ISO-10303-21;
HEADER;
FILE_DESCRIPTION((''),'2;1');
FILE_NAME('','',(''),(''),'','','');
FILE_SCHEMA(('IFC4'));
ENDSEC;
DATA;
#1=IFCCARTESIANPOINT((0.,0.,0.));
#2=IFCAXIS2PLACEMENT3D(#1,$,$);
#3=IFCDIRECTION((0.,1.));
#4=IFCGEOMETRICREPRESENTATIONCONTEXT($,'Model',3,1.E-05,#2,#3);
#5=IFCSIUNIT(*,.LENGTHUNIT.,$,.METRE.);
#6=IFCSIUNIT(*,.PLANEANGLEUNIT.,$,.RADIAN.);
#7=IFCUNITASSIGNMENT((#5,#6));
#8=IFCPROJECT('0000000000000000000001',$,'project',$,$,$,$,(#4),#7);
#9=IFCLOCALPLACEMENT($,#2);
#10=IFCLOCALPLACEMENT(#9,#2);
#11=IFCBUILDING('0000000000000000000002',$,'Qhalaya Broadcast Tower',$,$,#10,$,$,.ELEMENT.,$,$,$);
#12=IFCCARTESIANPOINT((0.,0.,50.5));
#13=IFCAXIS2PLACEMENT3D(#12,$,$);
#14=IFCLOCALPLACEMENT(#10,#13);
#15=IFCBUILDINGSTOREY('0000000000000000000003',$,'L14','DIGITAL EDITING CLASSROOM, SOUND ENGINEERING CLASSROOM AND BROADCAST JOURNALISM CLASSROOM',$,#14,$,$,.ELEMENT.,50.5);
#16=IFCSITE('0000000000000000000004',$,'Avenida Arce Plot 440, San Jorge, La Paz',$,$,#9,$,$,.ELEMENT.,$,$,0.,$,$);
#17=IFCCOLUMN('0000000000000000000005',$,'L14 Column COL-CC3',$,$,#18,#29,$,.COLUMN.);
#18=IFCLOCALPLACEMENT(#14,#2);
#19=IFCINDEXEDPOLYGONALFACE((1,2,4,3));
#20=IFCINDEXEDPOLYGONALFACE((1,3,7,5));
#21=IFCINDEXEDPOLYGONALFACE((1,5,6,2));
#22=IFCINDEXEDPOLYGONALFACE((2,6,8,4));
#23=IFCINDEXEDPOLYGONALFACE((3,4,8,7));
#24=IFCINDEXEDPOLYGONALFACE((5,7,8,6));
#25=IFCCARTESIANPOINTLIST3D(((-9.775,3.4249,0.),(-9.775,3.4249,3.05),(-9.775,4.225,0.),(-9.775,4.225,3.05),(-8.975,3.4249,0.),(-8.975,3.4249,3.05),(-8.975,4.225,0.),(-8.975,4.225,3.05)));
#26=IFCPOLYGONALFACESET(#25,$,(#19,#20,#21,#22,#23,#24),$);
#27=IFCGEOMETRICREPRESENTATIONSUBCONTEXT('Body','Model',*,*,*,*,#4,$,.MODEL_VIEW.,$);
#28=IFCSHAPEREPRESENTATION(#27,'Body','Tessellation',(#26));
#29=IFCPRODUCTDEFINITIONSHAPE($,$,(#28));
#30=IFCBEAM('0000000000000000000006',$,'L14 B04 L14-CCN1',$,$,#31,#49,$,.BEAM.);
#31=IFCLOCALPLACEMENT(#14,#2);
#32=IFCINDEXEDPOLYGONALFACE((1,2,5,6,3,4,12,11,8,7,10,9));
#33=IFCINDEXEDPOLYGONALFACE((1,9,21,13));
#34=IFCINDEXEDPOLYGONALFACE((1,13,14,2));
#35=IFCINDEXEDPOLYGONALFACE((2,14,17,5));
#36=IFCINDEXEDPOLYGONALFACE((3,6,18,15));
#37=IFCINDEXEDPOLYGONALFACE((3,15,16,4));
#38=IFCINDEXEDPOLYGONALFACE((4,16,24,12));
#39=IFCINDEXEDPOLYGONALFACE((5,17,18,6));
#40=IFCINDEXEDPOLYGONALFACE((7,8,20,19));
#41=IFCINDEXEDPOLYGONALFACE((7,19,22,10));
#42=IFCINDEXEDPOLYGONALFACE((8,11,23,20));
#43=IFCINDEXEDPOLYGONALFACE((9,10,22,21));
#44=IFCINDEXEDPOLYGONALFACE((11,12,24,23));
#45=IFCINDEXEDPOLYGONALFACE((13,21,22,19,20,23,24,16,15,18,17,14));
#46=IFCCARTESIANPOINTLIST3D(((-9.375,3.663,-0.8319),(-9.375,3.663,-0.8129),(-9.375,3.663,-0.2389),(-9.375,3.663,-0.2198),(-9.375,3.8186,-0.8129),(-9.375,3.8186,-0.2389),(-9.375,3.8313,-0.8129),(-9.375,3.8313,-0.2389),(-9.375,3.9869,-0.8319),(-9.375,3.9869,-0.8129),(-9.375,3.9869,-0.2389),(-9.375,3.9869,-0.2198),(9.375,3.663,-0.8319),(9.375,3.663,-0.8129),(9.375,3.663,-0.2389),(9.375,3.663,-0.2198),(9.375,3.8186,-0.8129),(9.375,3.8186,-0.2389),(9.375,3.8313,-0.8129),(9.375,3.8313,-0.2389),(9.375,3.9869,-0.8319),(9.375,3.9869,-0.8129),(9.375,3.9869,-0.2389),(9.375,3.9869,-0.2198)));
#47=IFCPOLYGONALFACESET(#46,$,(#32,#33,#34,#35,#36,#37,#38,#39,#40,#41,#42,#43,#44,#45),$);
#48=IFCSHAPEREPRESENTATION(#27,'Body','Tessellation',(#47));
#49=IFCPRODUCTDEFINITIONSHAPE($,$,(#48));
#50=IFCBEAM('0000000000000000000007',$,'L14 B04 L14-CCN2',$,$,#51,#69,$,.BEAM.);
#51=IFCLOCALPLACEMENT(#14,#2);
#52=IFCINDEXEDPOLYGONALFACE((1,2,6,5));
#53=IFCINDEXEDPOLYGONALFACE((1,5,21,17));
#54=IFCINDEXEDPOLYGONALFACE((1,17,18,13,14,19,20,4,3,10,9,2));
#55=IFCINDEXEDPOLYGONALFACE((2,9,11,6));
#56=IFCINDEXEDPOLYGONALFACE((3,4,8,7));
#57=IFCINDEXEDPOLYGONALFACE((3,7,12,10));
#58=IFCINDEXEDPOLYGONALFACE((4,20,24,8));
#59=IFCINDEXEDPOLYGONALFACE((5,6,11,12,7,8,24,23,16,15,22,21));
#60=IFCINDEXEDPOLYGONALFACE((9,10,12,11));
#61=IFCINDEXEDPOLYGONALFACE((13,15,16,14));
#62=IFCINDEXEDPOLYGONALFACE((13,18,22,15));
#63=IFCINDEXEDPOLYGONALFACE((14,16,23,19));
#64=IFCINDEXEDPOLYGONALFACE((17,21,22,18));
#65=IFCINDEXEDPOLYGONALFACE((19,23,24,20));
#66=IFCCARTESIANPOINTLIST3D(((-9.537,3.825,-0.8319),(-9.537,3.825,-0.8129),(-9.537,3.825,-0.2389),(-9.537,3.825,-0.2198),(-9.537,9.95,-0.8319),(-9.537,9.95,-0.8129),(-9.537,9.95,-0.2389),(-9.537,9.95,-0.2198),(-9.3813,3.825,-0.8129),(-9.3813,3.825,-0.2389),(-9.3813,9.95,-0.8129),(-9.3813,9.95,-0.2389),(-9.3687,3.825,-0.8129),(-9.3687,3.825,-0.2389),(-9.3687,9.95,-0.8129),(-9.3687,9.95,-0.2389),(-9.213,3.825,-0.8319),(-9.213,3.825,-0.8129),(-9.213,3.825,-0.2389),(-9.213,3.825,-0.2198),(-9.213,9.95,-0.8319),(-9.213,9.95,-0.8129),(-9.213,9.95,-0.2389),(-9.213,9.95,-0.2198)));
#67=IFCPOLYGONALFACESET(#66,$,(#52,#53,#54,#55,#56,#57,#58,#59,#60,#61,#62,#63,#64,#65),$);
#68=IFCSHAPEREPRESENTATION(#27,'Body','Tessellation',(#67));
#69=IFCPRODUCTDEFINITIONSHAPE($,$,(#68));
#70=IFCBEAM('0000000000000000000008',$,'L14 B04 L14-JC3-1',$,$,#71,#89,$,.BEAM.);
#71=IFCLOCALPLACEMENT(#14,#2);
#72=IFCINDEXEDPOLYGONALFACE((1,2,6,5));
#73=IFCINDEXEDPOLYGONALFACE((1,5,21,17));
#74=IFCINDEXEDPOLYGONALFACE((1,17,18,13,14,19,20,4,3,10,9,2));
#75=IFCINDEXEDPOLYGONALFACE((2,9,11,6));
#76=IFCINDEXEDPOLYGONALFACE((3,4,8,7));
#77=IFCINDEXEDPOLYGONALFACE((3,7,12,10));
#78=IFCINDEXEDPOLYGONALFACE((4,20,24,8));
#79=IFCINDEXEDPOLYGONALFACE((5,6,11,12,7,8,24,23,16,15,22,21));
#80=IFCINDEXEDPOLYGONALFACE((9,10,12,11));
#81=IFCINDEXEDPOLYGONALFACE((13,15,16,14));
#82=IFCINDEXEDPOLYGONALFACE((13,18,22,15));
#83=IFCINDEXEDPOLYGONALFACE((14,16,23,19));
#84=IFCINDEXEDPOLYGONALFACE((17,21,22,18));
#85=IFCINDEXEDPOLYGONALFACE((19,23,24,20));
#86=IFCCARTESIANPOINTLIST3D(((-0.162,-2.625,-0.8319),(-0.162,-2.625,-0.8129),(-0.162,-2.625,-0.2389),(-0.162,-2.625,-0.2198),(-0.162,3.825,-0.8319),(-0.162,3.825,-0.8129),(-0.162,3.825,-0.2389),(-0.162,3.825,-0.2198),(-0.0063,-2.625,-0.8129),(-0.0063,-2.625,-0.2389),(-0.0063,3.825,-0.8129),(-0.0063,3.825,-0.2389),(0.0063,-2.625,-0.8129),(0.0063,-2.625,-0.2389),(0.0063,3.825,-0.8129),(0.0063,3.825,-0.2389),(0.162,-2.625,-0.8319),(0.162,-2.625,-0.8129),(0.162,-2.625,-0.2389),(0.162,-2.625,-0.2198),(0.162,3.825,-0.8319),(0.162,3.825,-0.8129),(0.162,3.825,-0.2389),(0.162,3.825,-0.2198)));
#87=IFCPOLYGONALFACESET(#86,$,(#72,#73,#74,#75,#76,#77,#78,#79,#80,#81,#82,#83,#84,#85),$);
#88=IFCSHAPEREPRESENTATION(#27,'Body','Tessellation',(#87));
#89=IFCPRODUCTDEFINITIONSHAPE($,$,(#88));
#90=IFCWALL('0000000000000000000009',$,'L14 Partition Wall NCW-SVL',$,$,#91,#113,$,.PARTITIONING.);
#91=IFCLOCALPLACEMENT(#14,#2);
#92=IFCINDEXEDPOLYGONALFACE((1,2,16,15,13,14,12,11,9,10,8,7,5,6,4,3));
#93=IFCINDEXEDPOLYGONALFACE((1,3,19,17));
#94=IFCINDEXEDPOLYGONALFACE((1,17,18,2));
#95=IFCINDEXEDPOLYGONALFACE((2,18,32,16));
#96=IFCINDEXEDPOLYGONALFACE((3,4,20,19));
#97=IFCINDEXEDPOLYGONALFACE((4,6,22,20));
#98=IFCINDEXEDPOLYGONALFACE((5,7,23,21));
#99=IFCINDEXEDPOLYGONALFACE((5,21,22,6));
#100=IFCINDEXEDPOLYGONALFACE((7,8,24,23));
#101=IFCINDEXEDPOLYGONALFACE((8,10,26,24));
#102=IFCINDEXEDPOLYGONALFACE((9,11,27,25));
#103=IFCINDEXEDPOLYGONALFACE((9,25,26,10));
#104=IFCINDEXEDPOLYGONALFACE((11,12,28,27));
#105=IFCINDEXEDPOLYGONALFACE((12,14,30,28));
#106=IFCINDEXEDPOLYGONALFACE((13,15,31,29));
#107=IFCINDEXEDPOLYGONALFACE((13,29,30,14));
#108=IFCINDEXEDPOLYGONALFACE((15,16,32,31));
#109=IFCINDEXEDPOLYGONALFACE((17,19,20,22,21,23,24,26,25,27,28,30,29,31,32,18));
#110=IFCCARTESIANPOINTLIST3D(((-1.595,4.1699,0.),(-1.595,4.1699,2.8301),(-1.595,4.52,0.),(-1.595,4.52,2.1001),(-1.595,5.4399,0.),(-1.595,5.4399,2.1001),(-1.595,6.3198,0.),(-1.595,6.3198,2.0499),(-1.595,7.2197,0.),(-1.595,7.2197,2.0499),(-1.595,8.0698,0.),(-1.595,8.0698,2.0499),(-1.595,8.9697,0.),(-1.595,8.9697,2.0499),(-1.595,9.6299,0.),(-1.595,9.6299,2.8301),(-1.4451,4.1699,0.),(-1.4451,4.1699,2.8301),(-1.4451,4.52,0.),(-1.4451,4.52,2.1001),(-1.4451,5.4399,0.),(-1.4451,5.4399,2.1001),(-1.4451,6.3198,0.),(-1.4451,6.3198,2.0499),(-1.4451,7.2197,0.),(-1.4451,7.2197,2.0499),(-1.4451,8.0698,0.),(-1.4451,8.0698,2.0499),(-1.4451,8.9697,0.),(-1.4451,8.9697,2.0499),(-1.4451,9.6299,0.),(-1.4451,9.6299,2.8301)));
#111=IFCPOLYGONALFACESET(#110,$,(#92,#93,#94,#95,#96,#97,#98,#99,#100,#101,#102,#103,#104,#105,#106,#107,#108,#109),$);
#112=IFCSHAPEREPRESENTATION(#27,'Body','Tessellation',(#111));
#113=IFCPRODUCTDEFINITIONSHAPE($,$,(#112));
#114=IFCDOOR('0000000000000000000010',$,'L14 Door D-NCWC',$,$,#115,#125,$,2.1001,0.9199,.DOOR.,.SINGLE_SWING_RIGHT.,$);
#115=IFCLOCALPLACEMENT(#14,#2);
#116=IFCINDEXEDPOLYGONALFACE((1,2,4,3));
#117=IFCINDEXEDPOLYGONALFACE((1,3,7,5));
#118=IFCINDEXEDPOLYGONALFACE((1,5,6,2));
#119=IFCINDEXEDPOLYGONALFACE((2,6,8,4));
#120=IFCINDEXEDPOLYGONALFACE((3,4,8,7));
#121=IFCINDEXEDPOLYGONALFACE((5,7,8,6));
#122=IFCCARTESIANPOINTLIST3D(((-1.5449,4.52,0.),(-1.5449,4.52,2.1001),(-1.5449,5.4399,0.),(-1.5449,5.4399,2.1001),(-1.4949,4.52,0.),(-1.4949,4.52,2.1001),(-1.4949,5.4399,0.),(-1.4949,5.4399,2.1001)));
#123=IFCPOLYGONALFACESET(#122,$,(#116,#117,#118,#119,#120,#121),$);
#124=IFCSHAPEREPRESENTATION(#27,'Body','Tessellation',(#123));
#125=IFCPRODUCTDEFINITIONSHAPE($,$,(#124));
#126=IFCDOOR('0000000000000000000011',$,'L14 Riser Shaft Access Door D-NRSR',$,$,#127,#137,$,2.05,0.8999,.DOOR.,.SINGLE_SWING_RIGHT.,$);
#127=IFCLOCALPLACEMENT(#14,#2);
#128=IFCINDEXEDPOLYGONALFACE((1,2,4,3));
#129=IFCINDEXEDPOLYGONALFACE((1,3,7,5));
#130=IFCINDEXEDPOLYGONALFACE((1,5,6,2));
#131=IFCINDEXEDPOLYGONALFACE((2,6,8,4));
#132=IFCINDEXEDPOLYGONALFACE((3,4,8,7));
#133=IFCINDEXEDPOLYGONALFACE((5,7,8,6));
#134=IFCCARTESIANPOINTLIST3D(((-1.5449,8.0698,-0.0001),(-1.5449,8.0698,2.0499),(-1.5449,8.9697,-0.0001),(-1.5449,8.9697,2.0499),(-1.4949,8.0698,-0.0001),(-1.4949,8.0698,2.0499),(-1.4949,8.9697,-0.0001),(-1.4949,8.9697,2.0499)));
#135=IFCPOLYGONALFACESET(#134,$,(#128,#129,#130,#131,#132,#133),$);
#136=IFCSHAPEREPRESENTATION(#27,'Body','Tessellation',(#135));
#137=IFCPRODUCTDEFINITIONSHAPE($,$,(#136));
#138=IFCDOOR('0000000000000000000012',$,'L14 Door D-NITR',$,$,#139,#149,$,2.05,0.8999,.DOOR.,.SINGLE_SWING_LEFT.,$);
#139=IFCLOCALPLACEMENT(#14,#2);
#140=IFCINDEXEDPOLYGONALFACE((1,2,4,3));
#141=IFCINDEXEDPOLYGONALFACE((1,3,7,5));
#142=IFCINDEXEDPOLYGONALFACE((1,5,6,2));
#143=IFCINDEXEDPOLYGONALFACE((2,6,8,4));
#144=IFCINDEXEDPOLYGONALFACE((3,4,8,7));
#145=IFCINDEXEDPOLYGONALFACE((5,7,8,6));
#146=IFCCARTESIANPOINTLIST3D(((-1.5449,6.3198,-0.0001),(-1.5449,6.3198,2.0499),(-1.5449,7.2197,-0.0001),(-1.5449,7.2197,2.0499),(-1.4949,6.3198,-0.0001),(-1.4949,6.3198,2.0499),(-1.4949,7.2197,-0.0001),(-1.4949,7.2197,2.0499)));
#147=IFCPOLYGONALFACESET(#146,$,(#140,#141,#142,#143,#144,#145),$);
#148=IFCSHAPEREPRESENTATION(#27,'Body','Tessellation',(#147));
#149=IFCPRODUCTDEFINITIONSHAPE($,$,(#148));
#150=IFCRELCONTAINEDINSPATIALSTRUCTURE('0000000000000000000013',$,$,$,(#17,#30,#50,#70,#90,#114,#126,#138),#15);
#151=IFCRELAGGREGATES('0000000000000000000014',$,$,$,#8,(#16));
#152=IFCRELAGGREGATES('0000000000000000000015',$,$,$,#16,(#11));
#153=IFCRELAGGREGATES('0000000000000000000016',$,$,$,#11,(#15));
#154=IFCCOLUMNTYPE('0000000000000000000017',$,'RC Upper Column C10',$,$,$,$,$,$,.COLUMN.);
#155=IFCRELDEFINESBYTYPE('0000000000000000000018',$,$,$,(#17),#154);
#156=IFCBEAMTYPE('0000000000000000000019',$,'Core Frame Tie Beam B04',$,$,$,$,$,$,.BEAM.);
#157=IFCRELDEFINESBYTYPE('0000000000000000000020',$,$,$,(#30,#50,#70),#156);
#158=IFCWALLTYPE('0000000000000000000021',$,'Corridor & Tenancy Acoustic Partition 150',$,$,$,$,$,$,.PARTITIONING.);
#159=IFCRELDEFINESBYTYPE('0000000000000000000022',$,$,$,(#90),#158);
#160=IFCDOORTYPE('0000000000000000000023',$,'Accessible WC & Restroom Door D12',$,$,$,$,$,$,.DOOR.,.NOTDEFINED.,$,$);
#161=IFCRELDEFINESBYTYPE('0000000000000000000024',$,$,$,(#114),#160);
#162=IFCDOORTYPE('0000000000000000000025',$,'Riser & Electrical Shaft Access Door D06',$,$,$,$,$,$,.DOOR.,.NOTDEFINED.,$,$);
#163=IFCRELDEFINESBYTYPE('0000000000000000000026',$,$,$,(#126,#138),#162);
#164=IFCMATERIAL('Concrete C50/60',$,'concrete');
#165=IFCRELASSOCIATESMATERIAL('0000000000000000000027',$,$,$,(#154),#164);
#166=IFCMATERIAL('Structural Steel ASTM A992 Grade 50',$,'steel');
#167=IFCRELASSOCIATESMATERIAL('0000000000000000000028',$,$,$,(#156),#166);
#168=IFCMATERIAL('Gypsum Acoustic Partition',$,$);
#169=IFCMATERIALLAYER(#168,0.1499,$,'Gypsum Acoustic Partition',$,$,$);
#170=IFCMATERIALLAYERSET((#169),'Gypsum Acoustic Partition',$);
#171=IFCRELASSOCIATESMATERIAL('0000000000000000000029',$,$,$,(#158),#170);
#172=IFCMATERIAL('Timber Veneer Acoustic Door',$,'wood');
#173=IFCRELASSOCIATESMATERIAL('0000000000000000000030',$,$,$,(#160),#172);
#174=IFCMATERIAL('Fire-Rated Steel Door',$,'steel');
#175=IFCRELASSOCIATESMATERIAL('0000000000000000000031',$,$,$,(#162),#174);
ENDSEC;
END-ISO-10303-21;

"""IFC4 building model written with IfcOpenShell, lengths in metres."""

from ifc_helpers import new_model, si_unit, direction, frame, frame_2d, origin, origin_2d, place, context, subcontext, project, spatial, rectangle, i_section, extrude, material, layer, layer_set, material_profile, profile_set, type_object, element, fill, save


model = new_model("IFC4")

# Units and contexts
model_context = context("Model", 3, precision=1e-05, world=origin(), true_north=direction((0.0, 1.0)))
body_context = subcontext(model_context, "Body", "Model", "MODEL_VIEW")
ifc_project = project(units=[si_unit("LENGTHUNIT", "METRE"), si_unit("PLANEANGLEUNIT", "RADIAN")], contexts=[model_context])

# Site, building, storey
site_placement = place(None, origin())
site = spatial("IfcSite", under=ifc_project, at=site_placement, Name="Avenida Arce Plot 440, San Jorge, La Paz", CompositionType="ELEMENT", RefElevation=0.0)
building_placement = place(site_placement, origin())
building = spatial("IfcBuilding", under=site, at=building_placement, Name="Qhalaya Broadcast Tower", CompositionType="ELEMENT")
storey_placement = place(building_placement, frame((0.0, 0.0, 50.5)))
storey = spatial("IfcBuildingStorey", under=building, at=storey_placement, Name="L14", Description="DIGITAL EDITING CLASSROOM, SOUND ENGINEERING CLASSROOM AND BROADCAST JOURNALISM CLASSROOM", CompositionType="ELEMENT", Elevation=50.5)

# Column
ifc_material_1 = material(Name="Concrete C50/60", Category="concrete")
ifc_material_profile_1 = material_profile(ifc_material_1, rectangle(XDim=0.8, YDim=0.8, at=origin_2d()), Name="RC-COL 800x800")
ifc_profile_set_1 = profile_set([ifc_material_profile_1], Name="Concrete C50/60")
column_type = type_object("IfcColumnType", Name="RC Upper Column C10", PredefinedType="COLUMN", material=ifc_profile_set_1)
column_placement = place(storey_placement, frame((-9.375, 3.825, 0.0), z_axis=(0.0, 0.0, 1.0), x_axis=(1.0, 0.0, 0.0)))
element("IfcColumn", 1, at=column_placement, inside=storey, type_object=column_type, Name="L14 Column COL-CC3", PredefinedType="COLUMN", context=body_context, shape_type="SweptSolid", body=[
    extrude(rectangle(XDim=0.8, YDim=0.8, at=origin_2d()), origin(), (0.0, 0.0, 1.0), 3.05),
])

# Beams
ifc_material_2 = material(Name="Structural Steel ASTM A992 Grade 50", Category="steel")
ifc_material_profile_2 = material_profile(ifc_material_2, i_section(OverallWidth=0.324, OverallDepth=0.6121, WebThickness=0.0127, FlangeThickness=0.019, at=origin_2d()), Name="W24X104")
ifc_profile_set_2 = profile_set([ifc_material_profile_2], Name="Structural Steel ASTM A992 Grade 50")
beam_type = type_object("IfcBeamType", Name="Core Frame Tie Beam B04", PredefinedType="BEAM", material=ifc_profile_set_2)
beam_1_placement = place(storey_placement, frame((-9.375, 3.825, -0.5259), z_axis=(1.0, 0.0, 0.0), x_axis=(0.0, 1.0, 0.0)))
element("IfcBeam", 2, at=beam_1_placement, inside=storey, type_object=beam_type, Name="L14 B04 L14-CCN1", PredefinedType="BEAM", context=body_context, shape_type="SweptSolid", body=[
    extrude(i_section(OverallWidth=0.324, OverallDepth=0.6121, WebThickness=0.0127, FlangeThickness=0.019, at=origin_2d()), origin(), (0.0, 0.0, 1.0), 18.75),
])
beam_2_placement = place(storey_placement, frame((-9.375, 3.825, -0.5259), z_axis=(0.0, 1.0, 0.0), x_axis=(-1.0, 0.0, 0.0)))
element("IfcBeam", 3, at=beam_2_placement, inside=storey, type_object=beam_type, Name="L14 B04 L14-CCN2", PredefinedType="BEAM", context=body_context, shape_type="SweptSolid", body=[
    extrude(i_section(OverallWidth=0.324, OverallDepth=0.6121, WebThickness=0.0127, FlangeThickness=0.019, at=origin_2d()), origin(), (0.0, 0.0, 1.0), 6.125),
])
beam_3_placement = place(storey_placement, frame((0.0, -2.625, -0.5259), z_axis=(0.0, 1.0, 0.0), x_axis=(-1.0, 0.0, 0.0)))
element("IfcBeam", 4, at=beam_3_placement, inside=storey, type_object=beam_type, Name="L14 B04 L14-JC3-1", PredefinedType="BEAM", context=body_context, shape_type="SweptSolid", body=[
    extrude(i_section(OverallWidth=0.324, OverallDepth=0.6121, WebThickness=0.0127, FlangeThickness=0.019, at=origin_2d()), origin(), (0.0, 0.0, 1.0), 6.45),
])

# Wall, openings, doors
ifc_material_3 = material(Name="Gypsum Acoustic Partition")
ifc_layer_1 = layer(ifc_material_3, 0.1499, Name="Gypsum Acoustic Partition")
ifc_layer_set_1 = layer_set([ifc_layer_1], Name="Gypsum Acoustic Partition")
wall_type_1 = type_object("IfcWallType", Name="Corridor & Tenancy Acoustic Partition 150", PredefinedType="PARTITIONING", material=ifc_layer_set_1)
wall_1_placement = place(storey_placement, frame((-1.52, 4.1699, 0.0), z_axis=(0.0, 0.0, 1.0), x_axis=(0.0, 1.0, 0.0)))
wall_1 = element("IfcWall", 5, at=wall_1_placement, inside=storey, type_object=wall_type_1, Name="L14 Partition Wall NCW-SVL", PredefinedType="PARTITIONING", context=body_context, shape_type="SweptSolid", body=[
    extrude(rectangle(XDim=5.46, YDim=0.1499, at=frame_2d((2.73, 0.0))), origin(), (0.0, 0.0, 1.0), 2.8301),
])
opening_1_placement = place(wall_1_placement, frame((3.8999, 0.0, 0.0)))
opening_1 = element("IfcOpeningElement", 6, at=opening_1_placement, cuts=wall_1, PredefinedType="OPENING", context=body_context, shape_type="SweptSolid", body=[
    extrude(rectangle(XDim=0.8999, YDim=2.05, at=frame_2d((0.45, 1.0249))), frame((0.0, 0.0869, 0.0), z_axis=(0.0, -1.0, 0.0), x_axis=(1.0, 0.0, 0.0)), (0.0, 0.0, 1.0), 0.1738),
])
opening_2_placement = place(wall_1_placement, frame((2.1499, 0.0, 0.0)))
opening_2 = element("IfcOpeningElement", 7, at=opening_2_placement, cuts=wall_1, PredefinedType="OPENING", context=body_context, shape_type="SweptSolid", body=[
    extrude(rectangle(XDim=0.8999, YDim=2.05, at=frame_2d((0.45, 1.0249))), frame((0.0, 0.0869, 0.0), z_axis=(0.0, -1.0, 0.0), x_axis=(1.0, 0.0, 0.0)), (0.0, 0.0, 1.0), 0.1738),
])
opening_3_placement = place(wall_1_placement, frame((0.3501, 0.0, 0.0)))
opening_3 = element("IfcOpeningElement", 8, at=opening_3_placement, cuts=wall_1, PredefinedType="OPENING", context=body_context, shape_type="SweptSolid", body=[
    extrude(rectangle(XDim=0.9199, YDim=2.1001, at=frame_2d((0.46, 1.05))), frame((0.0, 0.0869, 0.0), z_axis=(0.0, -1.0, 0.0), x_axis=(1.0, 0.0, 0.0)), (0.0, 0.0, 1.0), 0.1738),
])
ifc_material_4 = material(Name="Timber Veneer Acoustic Door", Category="wood")
door_type_1 = type_object("IfcDoorType", Name="Accessible WC & Restroom Door D12", OperationType="NOTDEFINED", PredefinedType="DOOR", material=ifc_material_4)
door_1_placement = place(opening_3_placement, origin())
door_1 = element("IfcDoor", 9, at=door_1_placement, inside=storey, type_object=door_type_1, Name="L14 Door D-NCWC", OperationType="SINGLE_SWING_RIGHT", OverallHeight=2.1001, OverallWidth=0.9199, PredefinedType="DOOR", context=body_context, shape_type="SweptSolid", body=[
    extrude(rectangle(XDim=0.9199, YDim=2.1001, at=frame_2d((0.46, 1.05))), frame((0.0, 0.0249, 0.0), z_axis=(0.0, -1.0, 0.0), x_axis=(1.0, 0.0, 0.0)), (0.0, 0.0, 1.0), 0.05),
])
fill(opening_3, door_1)
ifc_material_5 = material(Name="Fire-Rated Steel Door", Category="steel")
door_type_2 = type_object("IfcDoorType", Name="Riser & Electrical Shaft Access Door D06", OperationType="NOTDEFINED", PredefinedType="DOOR", material=ifc_material_5)
door_2_placement = place(opening_1_placement, origin())
door_2 = element("IfcDoor", 10, at=door_2_placement, inside=storey, type_object=door_type_2, Name="L14 Riser Shaft Access Door D-NRSR", OperationType="SINGLE_SWING_RIGHT", OverallHeight=2.05, OverallWidth=0.8999, PredefinedType="DOOR", context=body_context, shape_type="SweptSolid", body=[
    extrude(rectangle(XDim=0.8999, YDim=2.05, at=frame_2d((0.45, 1.0249))), frame((0.0, 0.0249, 0.0), z_axis=(0.0, -1.0, 0.0), x_axis=(1.0, 0.0, 0.0)), (0.0, 0.0, 1.0), 0.05),
])
fill(opening_1, door_2)
door_3_placement = place(opening_2_placement, origin())
door_3 = element("IfcDoor", 11, at=door_3_placement, inside=storey, type_object=door_type_2, Name="L14 Door D-NITR", OperationType="SINGLE_SWING_LEFT", OverallHeight=2.05, OverallWidth=0.8999, PredefinedType="DOOR", context=body_context, shape_type="SweptSolid", body=[
    extrude(rectangle(XDim=0.8999, YDim=2.05, at=frame_2d((0.45, 1.0249))), frame((0.0, 0.0249, 0.0), z_axis=(0.0, -1.0, 0.0), x_axis=(1.0, 0.0, 0.0)), (0.0, 0.0, 1.0), 0.05),
])
fill(opening_2, door_3)

save(model, "model.ifc")
